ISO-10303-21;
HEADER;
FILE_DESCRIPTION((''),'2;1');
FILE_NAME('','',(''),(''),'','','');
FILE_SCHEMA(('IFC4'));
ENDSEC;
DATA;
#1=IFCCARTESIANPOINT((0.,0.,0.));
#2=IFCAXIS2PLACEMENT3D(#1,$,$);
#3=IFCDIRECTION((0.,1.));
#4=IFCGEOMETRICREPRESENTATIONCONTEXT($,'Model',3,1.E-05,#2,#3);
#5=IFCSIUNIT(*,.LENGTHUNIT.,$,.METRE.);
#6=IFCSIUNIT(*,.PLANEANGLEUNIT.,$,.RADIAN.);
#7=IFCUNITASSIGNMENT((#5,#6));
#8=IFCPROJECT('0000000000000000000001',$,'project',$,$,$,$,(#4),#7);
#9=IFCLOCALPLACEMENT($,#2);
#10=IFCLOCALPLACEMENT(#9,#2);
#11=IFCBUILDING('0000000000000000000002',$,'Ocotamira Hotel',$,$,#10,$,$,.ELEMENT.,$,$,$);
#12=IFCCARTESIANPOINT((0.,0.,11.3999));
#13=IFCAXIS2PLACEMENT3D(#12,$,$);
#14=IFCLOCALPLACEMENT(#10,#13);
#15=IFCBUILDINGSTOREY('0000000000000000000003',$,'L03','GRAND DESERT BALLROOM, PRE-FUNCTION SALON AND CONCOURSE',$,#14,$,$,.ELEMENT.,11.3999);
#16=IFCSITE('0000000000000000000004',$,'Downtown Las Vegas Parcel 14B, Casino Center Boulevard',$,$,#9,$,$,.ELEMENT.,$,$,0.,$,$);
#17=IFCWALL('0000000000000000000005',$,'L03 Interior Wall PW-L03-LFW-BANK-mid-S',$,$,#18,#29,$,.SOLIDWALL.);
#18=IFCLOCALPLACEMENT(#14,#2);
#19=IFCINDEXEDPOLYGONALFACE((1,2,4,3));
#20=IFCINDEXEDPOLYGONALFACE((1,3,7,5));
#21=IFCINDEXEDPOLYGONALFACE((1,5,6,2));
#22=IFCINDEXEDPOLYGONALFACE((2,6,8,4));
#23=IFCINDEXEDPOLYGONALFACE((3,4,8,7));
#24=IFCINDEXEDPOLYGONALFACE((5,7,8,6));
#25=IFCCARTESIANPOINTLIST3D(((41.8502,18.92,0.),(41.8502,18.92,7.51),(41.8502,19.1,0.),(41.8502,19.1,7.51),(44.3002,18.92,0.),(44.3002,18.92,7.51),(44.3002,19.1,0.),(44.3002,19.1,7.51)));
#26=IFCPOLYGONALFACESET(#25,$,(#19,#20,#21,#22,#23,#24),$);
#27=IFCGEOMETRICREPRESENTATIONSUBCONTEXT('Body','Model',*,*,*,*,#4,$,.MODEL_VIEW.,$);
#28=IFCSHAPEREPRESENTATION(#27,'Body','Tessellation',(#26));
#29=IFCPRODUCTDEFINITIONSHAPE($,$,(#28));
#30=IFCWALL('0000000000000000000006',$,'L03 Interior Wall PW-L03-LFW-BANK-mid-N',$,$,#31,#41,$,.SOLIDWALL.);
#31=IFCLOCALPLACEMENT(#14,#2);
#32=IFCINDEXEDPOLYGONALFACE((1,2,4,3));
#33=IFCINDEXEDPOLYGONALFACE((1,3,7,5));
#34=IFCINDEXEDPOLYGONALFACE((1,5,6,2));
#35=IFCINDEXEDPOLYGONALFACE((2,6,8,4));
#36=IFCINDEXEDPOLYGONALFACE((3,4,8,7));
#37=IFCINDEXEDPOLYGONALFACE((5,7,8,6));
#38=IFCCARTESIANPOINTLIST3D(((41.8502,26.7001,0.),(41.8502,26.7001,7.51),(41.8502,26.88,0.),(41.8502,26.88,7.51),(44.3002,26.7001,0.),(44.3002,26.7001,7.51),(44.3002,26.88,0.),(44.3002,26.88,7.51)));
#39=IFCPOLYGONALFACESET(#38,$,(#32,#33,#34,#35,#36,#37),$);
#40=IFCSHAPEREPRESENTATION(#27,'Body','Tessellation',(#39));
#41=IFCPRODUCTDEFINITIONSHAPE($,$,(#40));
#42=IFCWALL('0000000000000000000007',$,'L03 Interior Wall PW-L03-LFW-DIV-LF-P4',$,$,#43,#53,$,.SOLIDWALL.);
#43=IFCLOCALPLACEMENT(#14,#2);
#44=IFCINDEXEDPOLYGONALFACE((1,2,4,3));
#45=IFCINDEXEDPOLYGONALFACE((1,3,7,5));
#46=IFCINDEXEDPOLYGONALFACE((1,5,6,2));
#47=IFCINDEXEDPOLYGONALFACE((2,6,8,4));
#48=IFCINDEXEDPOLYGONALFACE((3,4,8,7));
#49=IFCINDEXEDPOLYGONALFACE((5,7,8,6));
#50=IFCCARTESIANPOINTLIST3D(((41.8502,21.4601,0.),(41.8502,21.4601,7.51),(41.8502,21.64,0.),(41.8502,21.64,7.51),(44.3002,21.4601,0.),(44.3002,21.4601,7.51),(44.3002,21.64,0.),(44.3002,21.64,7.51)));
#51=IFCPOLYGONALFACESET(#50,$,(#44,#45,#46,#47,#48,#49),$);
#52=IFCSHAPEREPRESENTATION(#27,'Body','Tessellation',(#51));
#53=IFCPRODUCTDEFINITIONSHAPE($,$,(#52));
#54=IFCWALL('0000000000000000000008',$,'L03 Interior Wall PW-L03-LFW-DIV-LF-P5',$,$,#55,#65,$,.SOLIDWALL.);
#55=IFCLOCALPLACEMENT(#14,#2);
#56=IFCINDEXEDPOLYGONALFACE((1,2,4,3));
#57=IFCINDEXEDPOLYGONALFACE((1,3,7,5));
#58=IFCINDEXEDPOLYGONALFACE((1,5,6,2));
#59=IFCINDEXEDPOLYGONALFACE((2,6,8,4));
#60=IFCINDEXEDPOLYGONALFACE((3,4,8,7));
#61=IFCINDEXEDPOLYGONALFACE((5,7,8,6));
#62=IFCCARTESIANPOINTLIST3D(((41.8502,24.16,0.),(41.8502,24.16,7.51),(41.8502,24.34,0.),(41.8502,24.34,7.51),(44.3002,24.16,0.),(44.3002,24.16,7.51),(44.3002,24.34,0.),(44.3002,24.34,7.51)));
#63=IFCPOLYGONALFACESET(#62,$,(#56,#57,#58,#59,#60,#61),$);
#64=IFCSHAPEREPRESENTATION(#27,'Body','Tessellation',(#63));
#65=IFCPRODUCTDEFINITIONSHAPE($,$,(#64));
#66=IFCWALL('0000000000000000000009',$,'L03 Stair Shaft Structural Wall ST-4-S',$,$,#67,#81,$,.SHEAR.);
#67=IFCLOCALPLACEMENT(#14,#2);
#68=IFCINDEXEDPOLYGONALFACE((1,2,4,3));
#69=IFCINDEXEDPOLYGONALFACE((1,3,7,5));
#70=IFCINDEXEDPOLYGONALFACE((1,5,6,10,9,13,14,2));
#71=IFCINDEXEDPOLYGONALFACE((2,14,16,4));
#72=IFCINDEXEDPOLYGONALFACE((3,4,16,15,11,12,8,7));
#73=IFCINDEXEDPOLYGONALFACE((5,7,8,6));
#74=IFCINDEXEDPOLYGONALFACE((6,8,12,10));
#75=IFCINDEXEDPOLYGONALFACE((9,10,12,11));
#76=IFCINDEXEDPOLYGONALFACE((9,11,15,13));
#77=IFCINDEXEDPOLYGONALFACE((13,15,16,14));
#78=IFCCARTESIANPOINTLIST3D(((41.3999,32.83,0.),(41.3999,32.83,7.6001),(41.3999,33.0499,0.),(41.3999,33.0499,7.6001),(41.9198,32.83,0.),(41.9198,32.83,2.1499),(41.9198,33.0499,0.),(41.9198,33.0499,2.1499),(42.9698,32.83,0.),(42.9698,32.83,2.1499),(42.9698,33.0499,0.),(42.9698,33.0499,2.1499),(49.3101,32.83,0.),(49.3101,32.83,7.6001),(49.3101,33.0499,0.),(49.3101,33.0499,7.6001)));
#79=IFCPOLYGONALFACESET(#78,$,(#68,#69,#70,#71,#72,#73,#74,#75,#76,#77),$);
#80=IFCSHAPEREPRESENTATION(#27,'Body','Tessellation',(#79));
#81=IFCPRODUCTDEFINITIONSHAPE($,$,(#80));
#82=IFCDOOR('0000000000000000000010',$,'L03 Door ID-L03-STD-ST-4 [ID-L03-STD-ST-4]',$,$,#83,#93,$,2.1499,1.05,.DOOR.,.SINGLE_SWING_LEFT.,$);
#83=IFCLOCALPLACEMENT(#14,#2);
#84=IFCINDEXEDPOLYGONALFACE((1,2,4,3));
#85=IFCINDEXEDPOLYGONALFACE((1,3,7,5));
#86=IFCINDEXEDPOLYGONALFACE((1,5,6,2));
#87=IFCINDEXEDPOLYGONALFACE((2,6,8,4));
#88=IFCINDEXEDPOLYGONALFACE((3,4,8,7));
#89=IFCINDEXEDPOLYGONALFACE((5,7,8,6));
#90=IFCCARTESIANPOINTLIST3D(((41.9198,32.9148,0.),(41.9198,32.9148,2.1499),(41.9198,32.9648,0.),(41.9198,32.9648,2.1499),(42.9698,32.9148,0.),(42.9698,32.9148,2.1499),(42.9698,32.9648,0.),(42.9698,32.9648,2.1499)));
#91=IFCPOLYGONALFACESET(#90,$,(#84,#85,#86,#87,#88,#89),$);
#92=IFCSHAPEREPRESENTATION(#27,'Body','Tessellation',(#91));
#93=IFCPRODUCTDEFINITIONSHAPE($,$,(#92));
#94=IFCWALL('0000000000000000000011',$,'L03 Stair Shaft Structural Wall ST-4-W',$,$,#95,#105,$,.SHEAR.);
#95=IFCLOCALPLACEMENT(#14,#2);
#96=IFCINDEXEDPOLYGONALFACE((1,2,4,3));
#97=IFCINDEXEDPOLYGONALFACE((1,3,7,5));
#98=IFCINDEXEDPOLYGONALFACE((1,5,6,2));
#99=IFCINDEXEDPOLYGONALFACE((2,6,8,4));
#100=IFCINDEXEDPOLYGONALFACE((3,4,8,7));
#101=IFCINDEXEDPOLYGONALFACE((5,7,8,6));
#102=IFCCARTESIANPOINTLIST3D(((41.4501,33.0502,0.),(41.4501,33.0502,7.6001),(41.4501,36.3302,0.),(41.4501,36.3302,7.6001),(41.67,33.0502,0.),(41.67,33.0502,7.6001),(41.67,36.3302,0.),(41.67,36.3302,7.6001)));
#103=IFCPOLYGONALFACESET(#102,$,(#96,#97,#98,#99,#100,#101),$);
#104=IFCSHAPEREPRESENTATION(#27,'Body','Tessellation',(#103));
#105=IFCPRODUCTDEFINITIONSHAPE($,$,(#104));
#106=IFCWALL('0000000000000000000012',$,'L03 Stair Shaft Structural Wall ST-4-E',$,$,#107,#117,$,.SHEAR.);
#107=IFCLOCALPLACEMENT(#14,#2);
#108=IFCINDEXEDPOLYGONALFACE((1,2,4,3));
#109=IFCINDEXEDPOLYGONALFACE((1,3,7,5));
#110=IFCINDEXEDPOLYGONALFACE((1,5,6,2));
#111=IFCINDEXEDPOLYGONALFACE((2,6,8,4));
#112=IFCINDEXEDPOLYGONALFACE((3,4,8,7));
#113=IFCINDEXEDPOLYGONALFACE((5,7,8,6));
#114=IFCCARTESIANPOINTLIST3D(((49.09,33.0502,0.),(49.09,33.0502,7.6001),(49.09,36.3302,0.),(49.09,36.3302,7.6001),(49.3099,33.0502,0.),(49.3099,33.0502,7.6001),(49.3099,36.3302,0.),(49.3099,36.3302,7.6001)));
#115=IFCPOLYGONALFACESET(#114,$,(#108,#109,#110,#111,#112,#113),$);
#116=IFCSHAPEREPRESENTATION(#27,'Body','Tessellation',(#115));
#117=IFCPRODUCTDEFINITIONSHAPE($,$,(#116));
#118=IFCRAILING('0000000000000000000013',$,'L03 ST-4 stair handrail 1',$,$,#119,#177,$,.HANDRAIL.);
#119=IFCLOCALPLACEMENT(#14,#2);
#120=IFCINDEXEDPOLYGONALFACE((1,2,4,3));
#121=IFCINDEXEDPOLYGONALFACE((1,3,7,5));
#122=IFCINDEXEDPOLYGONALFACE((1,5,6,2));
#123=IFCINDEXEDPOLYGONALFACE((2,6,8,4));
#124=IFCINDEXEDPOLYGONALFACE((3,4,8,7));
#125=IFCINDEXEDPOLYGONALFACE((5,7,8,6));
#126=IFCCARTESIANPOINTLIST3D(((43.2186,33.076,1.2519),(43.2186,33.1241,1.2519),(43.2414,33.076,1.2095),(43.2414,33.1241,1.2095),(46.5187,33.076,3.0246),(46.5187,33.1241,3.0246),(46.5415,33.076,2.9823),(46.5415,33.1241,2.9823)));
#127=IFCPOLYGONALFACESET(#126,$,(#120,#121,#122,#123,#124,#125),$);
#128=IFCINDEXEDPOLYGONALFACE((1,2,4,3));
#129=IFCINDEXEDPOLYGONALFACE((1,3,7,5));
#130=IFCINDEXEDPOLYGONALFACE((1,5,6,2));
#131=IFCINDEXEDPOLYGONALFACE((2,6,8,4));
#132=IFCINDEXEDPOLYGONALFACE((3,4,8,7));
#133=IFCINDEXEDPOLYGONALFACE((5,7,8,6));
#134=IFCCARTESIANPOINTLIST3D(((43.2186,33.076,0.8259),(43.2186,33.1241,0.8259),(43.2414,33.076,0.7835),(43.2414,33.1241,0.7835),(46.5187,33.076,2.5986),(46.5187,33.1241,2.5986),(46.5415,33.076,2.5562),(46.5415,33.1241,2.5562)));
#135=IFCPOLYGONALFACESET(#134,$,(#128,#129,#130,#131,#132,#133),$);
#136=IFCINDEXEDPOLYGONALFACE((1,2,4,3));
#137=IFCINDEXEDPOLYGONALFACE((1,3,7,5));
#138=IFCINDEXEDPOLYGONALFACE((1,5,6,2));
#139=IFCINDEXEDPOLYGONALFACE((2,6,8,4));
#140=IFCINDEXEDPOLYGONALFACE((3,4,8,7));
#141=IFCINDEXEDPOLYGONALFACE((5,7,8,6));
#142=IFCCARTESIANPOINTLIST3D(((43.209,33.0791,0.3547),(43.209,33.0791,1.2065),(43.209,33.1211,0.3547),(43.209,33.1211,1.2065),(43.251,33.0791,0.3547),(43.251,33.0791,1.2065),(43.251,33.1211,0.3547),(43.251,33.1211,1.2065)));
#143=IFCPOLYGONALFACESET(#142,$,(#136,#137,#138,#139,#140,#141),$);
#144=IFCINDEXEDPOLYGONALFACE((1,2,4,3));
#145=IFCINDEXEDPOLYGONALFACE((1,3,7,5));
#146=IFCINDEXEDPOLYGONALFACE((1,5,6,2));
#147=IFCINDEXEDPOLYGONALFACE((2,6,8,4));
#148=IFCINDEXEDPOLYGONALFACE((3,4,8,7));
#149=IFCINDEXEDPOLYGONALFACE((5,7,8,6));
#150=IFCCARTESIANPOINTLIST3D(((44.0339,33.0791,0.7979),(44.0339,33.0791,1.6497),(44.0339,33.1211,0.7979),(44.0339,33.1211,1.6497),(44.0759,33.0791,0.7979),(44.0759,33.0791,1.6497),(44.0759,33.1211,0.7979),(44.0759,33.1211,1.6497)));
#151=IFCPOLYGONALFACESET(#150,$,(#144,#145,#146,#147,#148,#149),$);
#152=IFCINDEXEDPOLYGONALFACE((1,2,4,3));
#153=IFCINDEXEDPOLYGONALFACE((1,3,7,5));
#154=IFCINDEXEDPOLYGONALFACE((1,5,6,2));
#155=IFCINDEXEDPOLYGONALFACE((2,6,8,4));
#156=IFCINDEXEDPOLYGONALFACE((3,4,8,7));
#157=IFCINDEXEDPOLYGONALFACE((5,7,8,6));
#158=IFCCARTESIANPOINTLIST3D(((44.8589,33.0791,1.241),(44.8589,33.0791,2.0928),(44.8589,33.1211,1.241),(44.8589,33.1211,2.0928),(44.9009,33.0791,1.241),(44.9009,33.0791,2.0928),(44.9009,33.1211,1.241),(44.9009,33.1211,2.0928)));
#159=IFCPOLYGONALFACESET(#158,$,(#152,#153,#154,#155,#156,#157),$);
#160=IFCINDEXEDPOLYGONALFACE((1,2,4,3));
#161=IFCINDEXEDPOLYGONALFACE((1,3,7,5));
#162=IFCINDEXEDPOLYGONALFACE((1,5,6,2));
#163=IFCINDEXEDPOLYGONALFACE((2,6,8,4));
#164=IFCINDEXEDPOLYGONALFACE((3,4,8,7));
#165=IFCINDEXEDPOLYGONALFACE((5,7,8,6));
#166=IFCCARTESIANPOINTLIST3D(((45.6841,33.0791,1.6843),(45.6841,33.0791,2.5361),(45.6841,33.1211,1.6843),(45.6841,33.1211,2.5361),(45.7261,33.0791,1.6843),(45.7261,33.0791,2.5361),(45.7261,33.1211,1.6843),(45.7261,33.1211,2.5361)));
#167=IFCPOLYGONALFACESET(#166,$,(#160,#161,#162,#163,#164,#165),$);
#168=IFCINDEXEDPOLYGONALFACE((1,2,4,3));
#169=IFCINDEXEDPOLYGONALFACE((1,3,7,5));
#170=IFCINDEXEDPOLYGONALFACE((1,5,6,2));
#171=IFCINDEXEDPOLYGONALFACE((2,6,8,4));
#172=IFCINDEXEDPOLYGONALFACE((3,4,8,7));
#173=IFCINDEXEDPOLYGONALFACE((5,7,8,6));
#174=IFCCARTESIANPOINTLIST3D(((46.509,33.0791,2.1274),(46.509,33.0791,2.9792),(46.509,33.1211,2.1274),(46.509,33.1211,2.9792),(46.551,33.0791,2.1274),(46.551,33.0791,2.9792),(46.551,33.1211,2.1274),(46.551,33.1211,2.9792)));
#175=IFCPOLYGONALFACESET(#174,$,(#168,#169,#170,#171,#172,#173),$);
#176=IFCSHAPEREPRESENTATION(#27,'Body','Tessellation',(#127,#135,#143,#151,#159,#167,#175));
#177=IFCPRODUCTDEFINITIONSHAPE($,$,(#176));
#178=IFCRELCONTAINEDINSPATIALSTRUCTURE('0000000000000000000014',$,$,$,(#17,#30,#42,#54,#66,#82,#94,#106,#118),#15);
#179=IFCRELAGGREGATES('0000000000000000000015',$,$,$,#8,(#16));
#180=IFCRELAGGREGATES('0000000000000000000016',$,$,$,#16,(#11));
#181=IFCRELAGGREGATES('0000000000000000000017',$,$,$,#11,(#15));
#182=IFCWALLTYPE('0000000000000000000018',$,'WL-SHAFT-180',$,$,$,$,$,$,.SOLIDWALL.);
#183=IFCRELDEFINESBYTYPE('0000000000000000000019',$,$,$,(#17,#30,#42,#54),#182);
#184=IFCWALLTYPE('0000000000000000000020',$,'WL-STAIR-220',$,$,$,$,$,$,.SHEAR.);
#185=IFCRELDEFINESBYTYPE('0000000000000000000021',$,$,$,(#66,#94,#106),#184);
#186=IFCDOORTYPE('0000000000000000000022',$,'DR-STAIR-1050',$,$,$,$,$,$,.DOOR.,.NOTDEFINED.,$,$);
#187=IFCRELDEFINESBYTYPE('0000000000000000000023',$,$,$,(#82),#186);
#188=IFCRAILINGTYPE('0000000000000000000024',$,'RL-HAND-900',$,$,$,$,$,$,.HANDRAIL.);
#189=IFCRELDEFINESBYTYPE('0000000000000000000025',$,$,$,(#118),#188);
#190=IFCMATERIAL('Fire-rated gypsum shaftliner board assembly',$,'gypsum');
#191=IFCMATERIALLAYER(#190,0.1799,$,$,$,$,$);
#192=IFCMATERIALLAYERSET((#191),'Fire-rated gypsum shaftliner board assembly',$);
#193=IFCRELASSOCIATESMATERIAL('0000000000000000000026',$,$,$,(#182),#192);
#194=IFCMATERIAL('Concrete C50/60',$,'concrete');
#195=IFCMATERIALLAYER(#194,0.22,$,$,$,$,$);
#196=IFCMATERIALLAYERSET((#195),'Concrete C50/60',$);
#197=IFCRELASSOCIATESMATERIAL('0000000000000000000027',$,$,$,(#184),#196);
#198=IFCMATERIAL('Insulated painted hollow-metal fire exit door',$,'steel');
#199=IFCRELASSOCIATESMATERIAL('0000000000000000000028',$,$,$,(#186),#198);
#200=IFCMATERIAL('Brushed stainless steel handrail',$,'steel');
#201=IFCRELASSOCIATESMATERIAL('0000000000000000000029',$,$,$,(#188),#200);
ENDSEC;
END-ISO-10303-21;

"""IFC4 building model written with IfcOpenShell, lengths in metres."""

from ifc_helpers import new_model, si_unit, direction, frame, frame_2d, origin, origin_2d, place, context, subcontext, project, spatial, rectangle, extrude, source, transform, mapped, material, layer, layer_set, type_object, element, fill, save


model = new_model("IFC4")

# Units and contexts
model_context = context("Model", 3, precision=1e-05, world=origin(), true_north=direction((0.0, 1.0)))
body_context = subcontext(model_context, "Body", "Model", "MODEL_VIEW")
ifc_project = project(units=[si_unit("LENGTHUNIT", "METRE"), si_unit("PLANEANGLEUNIT", "RADIAN")], contexts=[model_context])

# Site, building, storey
site_placement = place(None, origin())
site = spatial("IfcSite", under=ifc_project, at=site_placement, Name="Downtown Las Vegas Parcel 14B, Casino Center Boulevard", CompositionType="ELEMENT", RefElevation=0.0)
building_placement = place(site_placement, origin())
building = spatial("IfcBuilding", under=site, at=building_placement, Name="Ocotamira Hotel", CompositionType="ELEMENT")
storey_placement = place(building_placement, frame((0.0, 0.0, 11.3999)))
storey = spatial("IfcBuildingStorey", under=building, at=storey_placement, Name="L03", Description="GRAND DESERT BALLROOM, PRE-FUNCTION SALON AND CONCOURSE", CompositionType="ELEMENT", Elevation=11.3999)

# Shared definitions
ifc_material_1 = material(Name="Concrete C50/60", Category="concrete")

# Shared definitions
ifc_material_2 = material(Name="Fire-rated gypsum shaftliner board assembly", Category="gypsum")
ifc_layer_1 = layer(ifc_material_2, 0.1799)
ifc_layer_set_1 = layer_set([ifc_layer_1], Name="Fire-rated gypsum shaftliner board assembly")
wall_type_1 = type_object("IfcWallType", Name="WL-SHAFT-180", PredefinedType="SOLIDWALL", material=ifc_layer_set_1)

# Walls
for number, where, z_axis, x_axis, name in (
    (1, (41.8501, 19.01, 0.0), (0.0, 0.0, 1.0), (1.0, 0.0, 0.0), "L03 Interior Wall PW-L03-LFW-BANK-mid-S"),
    (2, (41.8501, 26.79, 0.0), (0.0, 0.0, 1.0), (1.0, 0.0, 0.0), "L03 Interior Wall PW-L03-LFW-BANK-mid-N"),
    (3, (41.8501, 21.55, 0.0), (0.0, 0.0, 1.0), (1.0, 0.0, 0.0), "L03 Interior Wall PW-L03-LFW-DIV-LF-P4"),
    (4, (41.8501, 24.25, 0.0), (0.0, 0.0, 1.0), (1.0, 0.0, 0.0), "L03 Interior Wall PW-L03-LFW-DIV-LF-P5"),
):
    element("IfcWall", number, at=place(storey_placement, frame(where, z_axis=z_axis, x_axis=x_axis)), inside=storey, type_object=wall_type_1, Name=name, PredefinedType="SOLIDWALL", context=body_context, shape_type="SweptSolid", body=[
        extrude(rectangle(XDim=2.45, YDim=0.1799, at=frame_2d((1.2251, 0.0))), origin(), (0.0, 0.0, 1.0), 7.51),
    ])

# Wall, opening, door
ifc_layer_2 = layer(ifc_material_1, 0.22)
ifc_layer_set_2 = layer_set([ifc_layer_2], Name="Concrete C50/60")
wall_type_2 = type_object("IfcWallType", Name="WL-STAIR-220", PredefinedType="SHEAR", material=ifc_layer_set_2)
wall_1_placement = place(storey_placement, frame((41.3999, 32.9399, 0.0), z_axis=(0.0, 0.0, 1.0), x_axis=(1.0, 0.0, 0.0)))
wall_1 = element("IfcWall", 5, at=wall_1_placement, inside=storey, type_object=wall_type_2, Name="L03 Stair Shaft Structural Wall ST-4-S", PredefinedType="SHEAR", context=body_context, shape_type="SweptSolid", body=[
    extrude(rectangle(XDim=7.9102, YDim=0.22, at=frame_2d((3.9551, 0.0))), origin(), (0.0, 0.0, 1.0), 7.6001),
])
opening_1_placement = place(wall_1_placement, frame((0.52, 0.0, 0.0)))
opening_1 = element("IfcOpeningElement", 6, at=opening_1_placement, cuts=wall_1, PredefinedType="OPENING", context=body_context, shape_type="SweptSolid", body=[
    extrude(rectangle(XDim=1.05, YDim=2.1499, at=frame_2d((0.5249, 1.075))), frame((0.0, 0.1201, 0.0), z_axis=(0.0, -1.0, 0.0), x_axis=(1.0, 0.0, 0.0)), (0.0, 0.0, 1.0), 0.24),
])
ifc_material_3 = material(Name="Insulated painted hollow-metal fire exit door", Category="steel")
door_type_1 = type_object("IfcDoorType", Name="DR-STAIR-1050", OperationType="NOTDEFINED", PredefinedType="DOOR", material=ifc_material_3)
shared_shape_1 = source(origin(), body_context, "Body", "SweptSolid", [
    extrude(rectangle(XDim=1.05, YDim=2.1499, at=frame_2d((0.5249, 1.075))), frame((0.0, 0.0249, 0.0), z_axis=(0.0, -1.0, 0.0), x_axis=(1.0, 0.0, 0.0)), (0.0, 0.0, 1.0), 0.05),
])
door_1_placement = place(opening_1_placement, origin())
door_1 = element("IfcDoor", 7, at=door_1_placement, inside=storey, type_object=door_type_1, Name="L03 Door ID-L03-STD-ST-4 [ID-L03-STD-ST-4]", OperationType="SINGLE_SWING_LEFT", OverallHeight=2.1499, OverallWidth=1.05, PredefinedType="DOOR", context=body_context, shape_type="MappedRepresentation", body=[
    mapped(shared_shape_1, transform((0.0, 0.0, 0.0), scale=1.0)),
])
fill(opening_1, door_1)

# Walls
for number, where, z_axis, x_axis, name in (
    (8, (41.5601, 33.05, 0.0), (0.0, 0.0, 1.0), (0.0, 1.0, 0.0), "L03 Stair Shaft Structural Wall ST-4-W"),
    (9, (49.2, 33.05, 0.0), (0.0, 0.0, 1.0), (0.0, 1.0, 0.0), "L03 Stair Shaft Structural Wall ST-4-E"),
):
    element("IfcWall", number, at=place(storey_placement, frame(where, z_axis=z_axis, x_axis=x_axis)), inside=storey, type_object=wall_type_2, Name=name, PredefinedType="SHEAR", context=body_context, shape_type="SweptSolid", body=[
        extrude(rectangle(XDim=3.28, YDim=0.22, at=frame_2d((1.6401, 0.0))), origin(), (0.0, 0.0, 1.0), 7.6001),
    ])

# Railing
ifc_material_4 = material(Name="Brushed stainless steel handrail", Category="steel")
railing_type = type_object("IfcRailingType", Name="RL-HAND-900", PredefinedType="HANDRAIL", material=ifc_material_4)
for number, where, name in (
    (10, (43.23, 33.1001, 0.3547), "L03 ST-4 stair handrail 1"),
):
    element("IfcRailing", number, at=place(storey_placement, frame(where)), inside=storey, type_object=railing_type, Name=name, PredefinedType="HANDRAIL", context=body_context, shape_type="SweptSolid", body=[
        extrude(rectangle(XDim=0.0481, YDim=0.0481, at=origin_2d()), frame((0.0, 0.0, 0.876), z_axis=(0.880944, 0.0, 0.473221), x_axis=(0.0, 1.0, 0.0)), (0.0, 0.0, 1.0), 3.7461),
        extrude(rectangle(XDim=0.0481, YDim=0.0481, at=origin_2d()), frame((0.0, 0.0, 0.45), z_axis=(0.880944, 0.0, 0.473221), x_axis=(0.0, 1.0, 0.0)), (0.0, 0.0, 1.0), 3.7461),
        extrude(rectangle(XDim=0.042, YDim=0.042, at=origin_2d()), origin(), (0.0, 0.0, 1.0), 0.8518),
        extrude(rectangle(XDim=0.042, YDim=0.042, at=origin_2d()), frame((0.825, 0.0, 0.4431)), (0.0, 0.0, 1.0), 0.8518),
        extrude(rectangle(XDim=0.042, YDim=0.042, at=origin_2d()), frame((1.6499, 0.0, 0.8862)), (0.0, 0.0, 1.0), 0.8518),
        extrude(rectangle(XDim=0.042, YDim=0.042, at=origin_2d()), frame((2.4751, 0.0, 1.3296)), (0.0, 0.0, 1.0), 0.8518),
        extrude(rectangle(XDim=0.042, YDim=0.042, at=origin_2d()), frame((3.3, 0.0, 1.7727)), (0.0, 0.0, 1.0), 0.8518),
    ])

save(model, "model.ifc")
